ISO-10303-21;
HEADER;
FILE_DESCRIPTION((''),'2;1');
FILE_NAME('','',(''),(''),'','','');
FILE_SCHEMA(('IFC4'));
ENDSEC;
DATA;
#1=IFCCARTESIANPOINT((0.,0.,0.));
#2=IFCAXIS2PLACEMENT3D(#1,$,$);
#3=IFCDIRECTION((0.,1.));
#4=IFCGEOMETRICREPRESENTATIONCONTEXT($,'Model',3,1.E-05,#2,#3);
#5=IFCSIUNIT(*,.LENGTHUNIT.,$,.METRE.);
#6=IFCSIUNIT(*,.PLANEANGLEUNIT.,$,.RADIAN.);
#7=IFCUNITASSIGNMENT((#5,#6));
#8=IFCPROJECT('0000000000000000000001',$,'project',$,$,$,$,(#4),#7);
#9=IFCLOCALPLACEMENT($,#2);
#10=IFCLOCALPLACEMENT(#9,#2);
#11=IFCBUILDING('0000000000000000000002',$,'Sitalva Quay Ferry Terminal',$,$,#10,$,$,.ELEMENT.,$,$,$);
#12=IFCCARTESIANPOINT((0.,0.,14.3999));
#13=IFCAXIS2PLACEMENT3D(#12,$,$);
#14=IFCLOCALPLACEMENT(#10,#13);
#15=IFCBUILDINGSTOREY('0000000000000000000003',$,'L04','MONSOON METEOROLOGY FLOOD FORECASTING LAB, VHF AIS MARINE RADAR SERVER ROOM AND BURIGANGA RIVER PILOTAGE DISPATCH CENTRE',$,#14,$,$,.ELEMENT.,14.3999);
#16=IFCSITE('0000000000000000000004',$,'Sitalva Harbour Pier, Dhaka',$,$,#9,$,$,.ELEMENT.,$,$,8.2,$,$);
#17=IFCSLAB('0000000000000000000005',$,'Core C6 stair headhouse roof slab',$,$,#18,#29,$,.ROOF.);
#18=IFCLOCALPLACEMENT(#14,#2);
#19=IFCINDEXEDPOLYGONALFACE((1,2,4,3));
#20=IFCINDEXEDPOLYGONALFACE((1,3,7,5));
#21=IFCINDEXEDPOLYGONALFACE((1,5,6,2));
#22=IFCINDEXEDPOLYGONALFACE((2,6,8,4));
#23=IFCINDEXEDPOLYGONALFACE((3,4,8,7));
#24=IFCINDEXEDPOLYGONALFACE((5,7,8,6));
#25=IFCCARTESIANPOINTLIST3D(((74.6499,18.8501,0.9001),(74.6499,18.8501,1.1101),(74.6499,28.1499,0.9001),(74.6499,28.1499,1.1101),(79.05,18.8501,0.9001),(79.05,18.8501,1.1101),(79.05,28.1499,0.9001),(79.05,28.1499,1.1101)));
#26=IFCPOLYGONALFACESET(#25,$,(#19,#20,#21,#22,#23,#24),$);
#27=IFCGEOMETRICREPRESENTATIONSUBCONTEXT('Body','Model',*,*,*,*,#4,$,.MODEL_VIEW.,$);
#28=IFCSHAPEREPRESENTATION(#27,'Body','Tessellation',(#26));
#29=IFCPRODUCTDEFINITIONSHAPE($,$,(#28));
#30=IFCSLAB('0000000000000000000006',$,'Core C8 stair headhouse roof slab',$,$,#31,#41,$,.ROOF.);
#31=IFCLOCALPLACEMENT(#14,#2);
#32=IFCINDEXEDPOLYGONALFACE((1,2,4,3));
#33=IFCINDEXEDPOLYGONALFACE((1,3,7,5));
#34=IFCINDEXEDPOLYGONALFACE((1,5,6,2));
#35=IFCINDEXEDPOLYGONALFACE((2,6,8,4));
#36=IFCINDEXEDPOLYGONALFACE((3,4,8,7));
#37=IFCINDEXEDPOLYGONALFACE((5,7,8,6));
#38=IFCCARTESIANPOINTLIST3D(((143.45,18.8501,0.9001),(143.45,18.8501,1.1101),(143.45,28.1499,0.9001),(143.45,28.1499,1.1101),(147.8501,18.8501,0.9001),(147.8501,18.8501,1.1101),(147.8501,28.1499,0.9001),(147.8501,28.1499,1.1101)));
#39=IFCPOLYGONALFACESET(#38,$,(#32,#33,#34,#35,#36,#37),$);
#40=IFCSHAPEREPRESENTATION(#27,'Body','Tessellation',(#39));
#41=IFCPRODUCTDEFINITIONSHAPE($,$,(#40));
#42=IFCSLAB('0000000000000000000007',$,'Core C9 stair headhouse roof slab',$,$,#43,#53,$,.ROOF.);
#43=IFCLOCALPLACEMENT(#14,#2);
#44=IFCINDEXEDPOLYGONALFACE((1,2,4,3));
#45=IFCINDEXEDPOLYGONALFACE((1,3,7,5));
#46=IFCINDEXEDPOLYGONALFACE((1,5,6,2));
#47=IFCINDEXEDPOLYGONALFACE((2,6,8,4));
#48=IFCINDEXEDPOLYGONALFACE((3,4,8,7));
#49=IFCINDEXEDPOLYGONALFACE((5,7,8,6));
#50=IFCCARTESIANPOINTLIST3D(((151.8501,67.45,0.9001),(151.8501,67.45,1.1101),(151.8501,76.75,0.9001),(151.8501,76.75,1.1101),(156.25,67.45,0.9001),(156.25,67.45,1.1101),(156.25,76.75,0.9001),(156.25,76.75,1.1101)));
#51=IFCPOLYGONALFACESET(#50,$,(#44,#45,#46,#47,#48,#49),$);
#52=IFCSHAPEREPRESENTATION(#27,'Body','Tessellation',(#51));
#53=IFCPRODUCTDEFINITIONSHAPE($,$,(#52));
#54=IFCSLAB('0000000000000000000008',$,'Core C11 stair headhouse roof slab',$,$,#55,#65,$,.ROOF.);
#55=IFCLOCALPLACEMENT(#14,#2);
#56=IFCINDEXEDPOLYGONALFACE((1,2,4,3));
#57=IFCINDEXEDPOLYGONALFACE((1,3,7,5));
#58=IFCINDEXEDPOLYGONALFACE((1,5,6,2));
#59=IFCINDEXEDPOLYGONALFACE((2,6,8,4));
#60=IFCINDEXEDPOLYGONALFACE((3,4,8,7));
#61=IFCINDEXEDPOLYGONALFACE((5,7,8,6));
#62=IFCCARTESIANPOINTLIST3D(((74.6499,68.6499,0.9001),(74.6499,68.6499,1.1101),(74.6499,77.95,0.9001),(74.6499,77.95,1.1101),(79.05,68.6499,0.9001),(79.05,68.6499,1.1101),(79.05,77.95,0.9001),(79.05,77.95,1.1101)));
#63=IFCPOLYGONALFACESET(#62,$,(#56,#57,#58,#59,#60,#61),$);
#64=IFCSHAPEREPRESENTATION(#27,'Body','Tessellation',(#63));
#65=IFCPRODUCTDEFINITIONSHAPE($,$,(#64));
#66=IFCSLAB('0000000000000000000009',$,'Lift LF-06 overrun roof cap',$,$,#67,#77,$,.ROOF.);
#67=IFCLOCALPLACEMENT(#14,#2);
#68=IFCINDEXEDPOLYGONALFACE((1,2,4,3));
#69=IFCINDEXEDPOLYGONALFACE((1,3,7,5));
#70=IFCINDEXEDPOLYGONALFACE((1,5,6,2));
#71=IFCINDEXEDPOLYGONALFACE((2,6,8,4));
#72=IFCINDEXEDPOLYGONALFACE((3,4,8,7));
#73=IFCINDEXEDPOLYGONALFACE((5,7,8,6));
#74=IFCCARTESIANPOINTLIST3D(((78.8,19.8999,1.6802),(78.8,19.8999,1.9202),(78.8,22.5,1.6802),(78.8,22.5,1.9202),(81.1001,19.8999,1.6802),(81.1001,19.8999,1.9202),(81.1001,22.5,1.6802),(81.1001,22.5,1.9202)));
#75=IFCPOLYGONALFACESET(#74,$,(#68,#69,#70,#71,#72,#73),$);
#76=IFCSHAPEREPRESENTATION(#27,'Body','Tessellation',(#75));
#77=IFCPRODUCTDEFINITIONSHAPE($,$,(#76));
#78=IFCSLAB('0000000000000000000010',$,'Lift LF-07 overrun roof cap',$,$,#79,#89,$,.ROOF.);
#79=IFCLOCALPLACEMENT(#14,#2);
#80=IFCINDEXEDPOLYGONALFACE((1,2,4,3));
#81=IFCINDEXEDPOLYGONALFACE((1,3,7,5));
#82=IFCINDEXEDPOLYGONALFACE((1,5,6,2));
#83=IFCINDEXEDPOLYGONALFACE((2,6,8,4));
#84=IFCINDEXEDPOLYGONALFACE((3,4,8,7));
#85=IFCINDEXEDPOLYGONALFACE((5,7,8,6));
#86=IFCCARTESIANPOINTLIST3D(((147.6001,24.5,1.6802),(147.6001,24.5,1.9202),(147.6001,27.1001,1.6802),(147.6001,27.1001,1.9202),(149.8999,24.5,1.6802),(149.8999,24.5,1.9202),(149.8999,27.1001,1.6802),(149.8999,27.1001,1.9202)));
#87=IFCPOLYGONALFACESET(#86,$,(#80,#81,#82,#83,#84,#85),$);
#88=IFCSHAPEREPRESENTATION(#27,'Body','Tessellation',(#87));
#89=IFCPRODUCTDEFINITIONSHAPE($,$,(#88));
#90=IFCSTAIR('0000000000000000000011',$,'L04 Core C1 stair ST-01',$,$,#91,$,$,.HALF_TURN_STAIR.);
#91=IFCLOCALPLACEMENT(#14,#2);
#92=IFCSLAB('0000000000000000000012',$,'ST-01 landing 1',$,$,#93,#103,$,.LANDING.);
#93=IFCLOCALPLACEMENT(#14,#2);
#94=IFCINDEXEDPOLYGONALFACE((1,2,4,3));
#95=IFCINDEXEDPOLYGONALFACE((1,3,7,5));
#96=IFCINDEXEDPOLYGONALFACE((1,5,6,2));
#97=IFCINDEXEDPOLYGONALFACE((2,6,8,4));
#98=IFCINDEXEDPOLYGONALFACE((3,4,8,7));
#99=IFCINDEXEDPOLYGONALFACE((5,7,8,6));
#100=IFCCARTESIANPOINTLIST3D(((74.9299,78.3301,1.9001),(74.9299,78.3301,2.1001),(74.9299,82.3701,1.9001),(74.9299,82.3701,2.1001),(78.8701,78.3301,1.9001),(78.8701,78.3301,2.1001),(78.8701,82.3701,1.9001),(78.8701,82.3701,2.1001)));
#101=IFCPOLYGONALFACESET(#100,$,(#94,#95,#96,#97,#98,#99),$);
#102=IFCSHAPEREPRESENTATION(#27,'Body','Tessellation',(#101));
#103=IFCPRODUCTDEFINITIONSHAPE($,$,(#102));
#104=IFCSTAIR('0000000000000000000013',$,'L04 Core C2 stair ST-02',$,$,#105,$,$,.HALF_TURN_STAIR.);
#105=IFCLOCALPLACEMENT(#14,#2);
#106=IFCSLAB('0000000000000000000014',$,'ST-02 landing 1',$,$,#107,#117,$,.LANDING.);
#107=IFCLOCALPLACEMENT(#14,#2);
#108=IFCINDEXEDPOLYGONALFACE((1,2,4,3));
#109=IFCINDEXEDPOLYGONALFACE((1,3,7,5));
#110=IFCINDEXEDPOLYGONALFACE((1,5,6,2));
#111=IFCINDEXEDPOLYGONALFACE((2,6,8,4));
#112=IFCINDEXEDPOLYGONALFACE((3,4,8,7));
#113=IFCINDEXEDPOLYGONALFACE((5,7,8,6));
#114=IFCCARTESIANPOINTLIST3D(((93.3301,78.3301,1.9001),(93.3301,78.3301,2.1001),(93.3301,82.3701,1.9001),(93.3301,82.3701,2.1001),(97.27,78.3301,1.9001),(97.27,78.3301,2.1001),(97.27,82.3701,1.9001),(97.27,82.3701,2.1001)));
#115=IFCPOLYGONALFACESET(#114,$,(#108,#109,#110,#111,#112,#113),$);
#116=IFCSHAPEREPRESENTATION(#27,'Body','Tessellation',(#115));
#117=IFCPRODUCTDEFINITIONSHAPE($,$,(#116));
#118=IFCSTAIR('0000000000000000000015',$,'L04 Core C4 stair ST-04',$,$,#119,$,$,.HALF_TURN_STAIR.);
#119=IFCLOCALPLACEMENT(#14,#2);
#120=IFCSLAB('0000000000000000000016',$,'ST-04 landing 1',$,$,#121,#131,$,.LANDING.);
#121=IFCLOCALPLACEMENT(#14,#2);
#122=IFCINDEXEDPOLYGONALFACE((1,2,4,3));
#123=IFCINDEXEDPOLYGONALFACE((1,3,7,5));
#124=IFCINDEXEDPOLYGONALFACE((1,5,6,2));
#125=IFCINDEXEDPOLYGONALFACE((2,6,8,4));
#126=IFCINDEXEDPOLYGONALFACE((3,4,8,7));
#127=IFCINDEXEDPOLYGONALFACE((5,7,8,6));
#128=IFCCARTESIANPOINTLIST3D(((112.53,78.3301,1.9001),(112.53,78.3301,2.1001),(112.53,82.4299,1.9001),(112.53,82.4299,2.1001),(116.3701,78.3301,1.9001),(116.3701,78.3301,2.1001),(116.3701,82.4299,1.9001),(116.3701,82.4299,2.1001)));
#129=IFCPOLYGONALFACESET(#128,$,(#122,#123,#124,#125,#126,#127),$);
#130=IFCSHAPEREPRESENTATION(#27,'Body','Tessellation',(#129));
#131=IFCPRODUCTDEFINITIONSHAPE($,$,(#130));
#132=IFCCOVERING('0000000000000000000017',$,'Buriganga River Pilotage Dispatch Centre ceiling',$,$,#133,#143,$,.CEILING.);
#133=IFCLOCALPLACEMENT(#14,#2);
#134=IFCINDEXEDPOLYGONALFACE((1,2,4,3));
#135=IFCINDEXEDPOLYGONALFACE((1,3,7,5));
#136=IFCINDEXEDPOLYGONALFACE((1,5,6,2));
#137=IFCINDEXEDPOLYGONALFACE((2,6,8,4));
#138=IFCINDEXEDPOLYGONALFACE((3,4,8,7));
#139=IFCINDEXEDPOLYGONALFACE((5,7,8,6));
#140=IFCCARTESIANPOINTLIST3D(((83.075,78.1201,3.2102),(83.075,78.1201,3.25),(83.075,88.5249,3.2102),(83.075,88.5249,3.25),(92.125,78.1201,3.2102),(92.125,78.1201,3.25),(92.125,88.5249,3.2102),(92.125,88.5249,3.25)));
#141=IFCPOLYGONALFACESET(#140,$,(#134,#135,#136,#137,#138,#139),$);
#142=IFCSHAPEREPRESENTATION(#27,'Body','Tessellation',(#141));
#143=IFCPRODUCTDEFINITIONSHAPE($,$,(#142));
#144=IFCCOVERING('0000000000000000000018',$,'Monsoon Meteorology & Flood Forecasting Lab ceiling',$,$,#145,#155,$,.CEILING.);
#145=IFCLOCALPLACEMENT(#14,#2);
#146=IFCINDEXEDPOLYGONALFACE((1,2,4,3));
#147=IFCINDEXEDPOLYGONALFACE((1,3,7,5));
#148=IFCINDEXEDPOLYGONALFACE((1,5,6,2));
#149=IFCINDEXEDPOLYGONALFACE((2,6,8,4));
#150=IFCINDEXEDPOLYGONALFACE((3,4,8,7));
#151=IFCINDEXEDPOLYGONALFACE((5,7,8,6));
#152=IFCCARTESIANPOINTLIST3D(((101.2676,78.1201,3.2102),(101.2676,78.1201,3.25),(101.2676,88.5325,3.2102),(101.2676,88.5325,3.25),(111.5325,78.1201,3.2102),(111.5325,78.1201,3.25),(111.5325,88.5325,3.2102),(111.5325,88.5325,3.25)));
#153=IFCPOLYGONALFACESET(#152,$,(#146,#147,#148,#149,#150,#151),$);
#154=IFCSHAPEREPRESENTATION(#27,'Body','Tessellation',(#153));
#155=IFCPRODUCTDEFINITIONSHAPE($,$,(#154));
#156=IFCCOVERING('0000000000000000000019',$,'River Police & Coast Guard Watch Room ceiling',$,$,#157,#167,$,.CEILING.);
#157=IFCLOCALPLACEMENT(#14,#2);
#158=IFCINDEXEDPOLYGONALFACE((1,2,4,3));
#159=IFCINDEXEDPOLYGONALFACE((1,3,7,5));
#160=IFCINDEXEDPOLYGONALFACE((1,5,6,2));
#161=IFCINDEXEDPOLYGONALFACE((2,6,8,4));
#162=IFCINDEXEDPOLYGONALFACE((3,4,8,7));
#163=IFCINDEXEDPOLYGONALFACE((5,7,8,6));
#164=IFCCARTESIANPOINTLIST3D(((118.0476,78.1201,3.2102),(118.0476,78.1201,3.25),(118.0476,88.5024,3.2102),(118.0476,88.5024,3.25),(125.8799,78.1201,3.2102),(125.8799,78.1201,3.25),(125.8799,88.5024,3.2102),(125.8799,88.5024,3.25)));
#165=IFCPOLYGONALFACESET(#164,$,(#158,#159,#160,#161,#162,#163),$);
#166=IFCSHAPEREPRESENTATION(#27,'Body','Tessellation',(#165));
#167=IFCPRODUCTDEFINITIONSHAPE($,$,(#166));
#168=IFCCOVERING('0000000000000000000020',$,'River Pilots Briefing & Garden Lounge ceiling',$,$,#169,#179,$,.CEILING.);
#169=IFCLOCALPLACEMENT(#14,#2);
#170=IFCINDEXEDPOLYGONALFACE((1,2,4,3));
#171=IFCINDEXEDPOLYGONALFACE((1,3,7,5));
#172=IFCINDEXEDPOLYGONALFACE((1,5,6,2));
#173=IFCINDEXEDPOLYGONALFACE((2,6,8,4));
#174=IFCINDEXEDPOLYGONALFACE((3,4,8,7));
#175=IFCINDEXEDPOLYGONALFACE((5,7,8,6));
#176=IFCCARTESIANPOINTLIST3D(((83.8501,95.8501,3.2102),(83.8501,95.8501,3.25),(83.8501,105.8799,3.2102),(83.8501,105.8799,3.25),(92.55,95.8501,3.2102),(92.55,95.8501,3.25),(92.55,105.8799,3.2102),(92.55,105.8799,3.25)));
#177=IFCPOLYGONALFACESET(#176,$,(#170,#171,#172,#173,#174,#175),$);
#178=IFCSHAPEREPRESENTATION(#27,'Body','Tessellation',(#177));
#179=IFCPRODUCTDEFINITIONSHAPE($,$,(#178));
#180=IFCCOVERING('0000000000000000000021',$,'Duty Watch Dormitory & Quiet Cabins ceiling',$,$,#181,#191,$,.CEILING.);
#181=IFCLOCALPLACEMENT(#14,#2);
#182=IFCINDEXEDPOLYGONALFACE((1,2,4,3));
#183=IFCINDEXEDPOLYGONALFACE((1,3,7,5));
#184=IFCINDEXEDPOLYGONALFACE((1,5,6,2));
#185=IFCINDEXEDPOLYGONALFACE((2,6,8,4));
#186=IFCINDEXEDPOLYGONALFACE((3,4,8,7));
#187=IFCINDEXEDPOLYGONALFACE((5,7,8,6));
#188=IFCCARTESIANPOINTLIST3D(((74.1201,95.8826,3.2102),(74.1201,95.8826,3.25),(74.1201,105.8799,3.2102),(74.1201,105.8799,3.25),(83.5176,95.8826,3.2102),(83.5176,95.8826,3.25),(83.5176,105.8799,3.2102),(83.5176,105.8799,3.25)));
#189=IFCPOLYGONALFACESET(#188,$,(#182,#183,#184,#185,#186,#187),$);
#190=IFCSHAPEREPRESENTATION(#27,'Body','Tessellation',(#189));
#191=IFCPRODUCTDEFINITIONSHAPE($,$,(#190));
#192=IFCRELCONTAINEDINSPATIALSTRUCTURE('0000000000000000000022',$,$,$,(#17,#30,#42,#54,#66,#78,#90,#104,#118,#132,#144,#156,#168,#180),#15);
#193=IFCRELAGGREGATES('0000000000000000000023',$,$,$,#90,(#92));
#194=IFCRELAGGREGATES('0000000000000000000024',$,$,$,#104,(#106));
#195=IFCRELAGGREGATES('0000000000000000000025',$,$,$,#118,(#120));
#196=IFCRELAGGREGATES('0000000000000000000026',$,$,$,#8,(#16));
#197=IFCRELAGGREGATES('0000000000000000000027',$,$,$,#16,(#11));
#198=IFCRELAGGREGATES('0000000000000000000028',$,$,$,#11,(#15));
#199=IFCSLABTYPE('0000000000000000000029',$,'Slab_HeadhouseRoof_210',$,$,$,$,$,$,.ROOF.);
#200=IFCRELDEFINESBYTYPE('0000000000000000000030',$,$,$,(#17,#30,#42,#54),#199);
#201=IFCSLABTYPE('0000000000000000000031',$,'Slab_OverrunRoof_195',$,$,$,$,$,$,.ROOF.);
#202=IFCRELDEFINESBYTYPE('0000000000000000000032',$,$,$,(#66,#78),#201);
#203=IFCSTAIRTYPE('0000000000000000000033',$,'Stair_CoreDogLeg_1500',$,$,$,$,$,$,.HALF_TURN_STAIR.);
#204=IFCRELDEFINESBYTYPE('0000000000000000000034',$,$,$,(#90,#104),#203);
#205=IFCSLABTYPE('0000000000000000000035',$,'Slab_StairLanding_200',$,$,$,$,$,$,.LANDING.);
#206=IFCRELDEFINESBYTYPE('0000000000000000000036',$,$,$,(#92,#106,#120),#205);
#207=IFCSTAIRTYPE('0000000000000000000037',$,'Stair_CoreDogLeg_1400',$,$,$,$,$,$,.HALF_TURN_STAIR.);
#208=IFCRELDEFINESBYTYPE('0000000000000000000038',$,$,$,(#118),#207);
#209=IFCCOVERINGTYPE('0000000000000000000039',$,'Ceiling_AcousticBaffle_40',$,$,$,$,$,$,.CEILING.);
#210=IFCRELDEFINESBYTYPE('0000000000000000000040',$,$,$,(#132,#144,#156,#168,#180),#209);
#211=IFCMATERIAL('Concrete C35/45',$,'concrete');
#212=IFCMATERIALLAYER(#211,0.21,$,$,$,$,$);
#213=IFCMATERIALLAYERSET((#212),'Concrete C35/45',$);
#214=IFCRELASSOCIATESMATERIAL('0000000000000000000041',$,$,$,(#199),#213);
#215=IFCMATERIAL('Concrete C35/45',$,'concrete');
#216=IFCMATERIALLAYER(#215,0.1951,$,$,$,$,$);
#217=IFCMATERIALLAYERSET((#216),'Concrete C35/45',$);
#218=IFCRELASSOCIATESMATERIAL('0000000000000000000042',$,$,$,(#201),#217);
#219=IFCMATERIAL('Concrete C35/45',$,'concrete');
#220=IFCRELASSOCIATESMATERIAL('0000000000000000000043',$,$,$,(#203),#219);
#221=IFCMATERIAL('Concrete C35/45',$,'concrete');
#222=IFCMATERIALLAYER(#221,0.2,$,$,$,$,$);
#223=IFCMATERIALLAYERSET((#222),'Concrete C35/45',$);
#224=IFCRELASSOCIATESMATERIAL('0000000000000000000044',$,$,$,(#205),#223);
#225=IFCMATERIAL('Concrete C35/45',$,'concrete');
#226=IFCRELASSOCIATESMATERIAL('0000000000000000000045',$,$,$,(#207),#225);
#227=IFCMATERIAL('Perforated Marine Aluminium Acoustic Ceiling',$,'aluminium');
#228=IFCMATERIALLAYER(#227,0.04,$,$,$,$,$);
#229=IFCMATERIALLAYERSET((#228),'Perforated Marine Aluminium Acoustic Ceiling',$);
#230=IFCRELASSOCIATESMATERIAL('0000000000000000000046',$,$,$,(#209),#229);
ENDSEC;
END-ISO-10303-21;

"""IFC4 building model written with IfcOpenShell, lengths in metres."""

from ifc_helpers import new_model, si_unit, direction, frame, origin, place, context, subcontext, project, spatial, polyline, outline, extrude, material, layer, layer_set, type_object, element, aggregate, save


model = new_model("IFC4")

# Units and contexts
model_context = context("Model", 3, precision=1e-05, world=origin(), true_north=direction((0.0, 1.0)))
body_context = subcontext(model_context, "Body", "Model", "MODEL_VIEW")
ifc_project = project(units=[si_unit("LENGTHUNIT", "METRE"), si_unit("PLANEANGLEUNIT", "RADIAN")], contexts=[model_context])

# Site, building, storey
site_placement = place(None, origin())
site = spatial("IfcSite", under=ifc_project, at=site_placement, Name="Sitalva Harbour Pier, Dhaka", CompositionType="ELEMENT", RefElevation=8.2)
building_placement = place(site_placement, origin())
building = spatial("IfcBuilding", under=site, at=building_placement, Name="Sitalva Quay Ferry Terminal", CompositionType="ELEMENT")
storey_placement = place(building_placement, frame((0.0, 0.0, 14.3999)))
storey = spatial("IfcBuildingStorey", under=building, at=storey_placement, Name="L04", Description="MONSOON METEOROLOGY FLOOD FORECASTING LAB, VHF AIS MARINE RADAR SERVER ROOM AND BURIGANGA RIVER PILOTAGE DISPATCH CENTRE", CompositionType="ELEMENT", Elevation=14.3999)

# Slabs
ifc_material_1 = material(Name="Concrete C35/45", Category="concrete")
ifc_layer_1 = layer(ifc_material_1, 0.21)
ifc_layer_set_1 = layer_set([ifc_layer_1], Name="Concrete C35/45")
slab_type_1 = type_object("IfcSlabType", Name="Slab_HeadhouseRoof_210", PredefinedType="ROOF", material=ifc_layer_set_1)
slab_1_placement = place(storey_placement, frame((0.0, 0.0, 0.9001)))
element("IfcSlab", 1, at=slab_1_placement, inside=storey, type_object=slab_type_1, Name="Core C6 stair headhouse roof slab", PredefinedType="ROOF", context=body_context, shape_type="SweptSolid", body=[
    extrude(outline(polyline([(74.6499, 18.8501), (79.05, 18.8501), (79.05, 28.1499), (74.6499, 28.1499), (74.6499, 18.8501)])), origin(), (0.0, 0.0, 1.0), 0.21),
])
slab_2_placement = place(storey_placement, frame((0.0, 0.0, 0.9001)))
element("IfcSlab", 2, at=slab_2_placement, inside=storey, type_object=slab_type_1, Name="Core C8 stair headhouse roof slab", PredefinedType="ROOF", context=body_context, shape_type="SweptSolid", body=[
    extrude(outline(polyline([(143.45, 18.8501), (147.8501, 18.8501), (147.8501, 28.1499), (143.45, 28.1499), (143.45, 18.8501)])), origin(), (0.0, 0.0, 1.0), 0.21),
])
slab_3_placement = place(storey_placement, frame((0.0, 0.0, 0.9001)))
element("IfcSlab", 3, at=slab_3_placement, inside=storey, type_object=slab_type_1, Name="Core C9 stair headhouse roof slab", PredefinedType="ROOF", context=body_context, shape_type="SweptSolid", body=[
    extrude(outline(polyline([(151.8501, 67.45), (156.25, 67.45), (156.25, 76.75), (151.8501, 76.75), (151.8501, 67.45)])), origin(), (0.0, 0.0, 1.0), 0.21),
])
slab_4_placement = place(storey_placement, frame((0.0, 0.0, 0.9001)))
element("IfcSlab", 4, at=slab_4_placement, inside=storey, type_object=slab_type_1, Name="Core C11 stair headhouse roof slab", PredefinedType="ROOF", context=body_context, shape_type="SweptSolid", body=[
    extrude(outline(polyline([(74.6499, 68.6499), (79.05, 68.6499), (79.05, 77.95), (74.6499, 77.95), (74.6499, 68.6499)])), origin(), (0.0, 0.0, 1.0), 0.21),
])
ifc_material_2 = material(Name="Concrete C35/45", Category="concrete")
ifc_layer_2 = layer(ifc_material_2, 0.1951)
ifc_layer_set_2 = layer_set([ifc_layer_2], Name="Concrete C35/45")
slab_type_2 = type_object("IfcSlabType", Name="Slab_OverrunRoof_195", PredefinedType="ROOF", material=ifc_layer_set_2)
slab_5_placement = place(storey_placement, frame((0.0, 0.0, 1.6802)))
element("IfcSlab", 5, at=slab_5_placement, inside=storey, type_object=slab_type_2, Name="Lift LF-06 overrun roof cap", PredefinedType="ROOF", context=body_context, shape_type="SweptSolid", body=[
    extrude(outline(polyline([(78.8, 19.8999), (81.1001, 19.8999), (81.1001, 22.5), (78.8, 22.5), (78.8, 19.8999)])), origin(), (0.0, 0.0, 1.0), 0.24),
])
slab_6_placement = place(storey_placement, frame((0.0, 0.0, 1.6802)))
element("IfcSlab", 6, at=slab_6_placement, inside=storey, type_object=slab_type_2, Name="Lift LF-07 overrun roof cap", PredefinedType="ROOF", context=body_context, shape_type="SweptSolid", body=[
    extrude(outline(polyline([(147.6001, 24.5), (149.8999, 24.5), (149.8999, 27.1001), (147.6001, 27.1001), (147.6001, 24.5)])), origin(), (0.0, 0.0, 1.0), 0.24),
])

# Stairs, slabs
ifc_material_3 = material(Name="Concrete C35/45", Category="concrete")
stair_type_1 = type_object("IfcStairType", Name="Stair_CoreDogLeg_1500", PredefinedType="HALF_TURN_STAIR", material=ifc_material_3)
stair_1_placement = place(storey_placement, origin())
stair_1 = element("IfcStair", 7, at=stair_1_placement, inside=storey, type_object=stair_type_1, Name="L04 Core C1 stair ST-01", PredefinedType="HALF_TURN_STAIR")
ifc_material_4 = material(Name="Concrete C35/45", Category="concrete")
ifc_layer_3 = layer(ifc_material_4, 0.2)
ifc_layer_set_3 = layer_set([ifc_layer_3], Name="Concrete C35/45")
slab_type_3 = type_object("IfcSlabType", Name="Slab_StairLanding_200", PredefinedType="LANDING", material=ifc_layer_set_3)
slab_7_placement = place(storey_placement, frame((0.0, 0.0, 1.9001)))
slab_7 = element("IfcSlab", 8, at=slab_7_placement, type_object=slab_type_3, Name="ST-01 landing 1", PredefinedType="LANDING", context=body_context, shape_type="SweptSolid", body=[
    extrude(outline(polyline([(74.9299, 82.3701), (74.9299, 78.3301), (78.8701, 78.3301), (78.8701, 82.3701), (74.9299, 82.3701)])), origin(), (0.0, 0.0, 1.0), 0.2),
])
aggregate(stair_1, [slab_7])
stair_2_placement = place(storey_placement, origin())
stair_2 = element("IfcStair", 9, at=stair_2_placement, inside=storey, type_object=stair_type_1, Name="L04 Core C2 stair ST-02", PredefinedType="HALF_TURN_STAIR")
slab_8_placement = place(storey_placement, frame((0.0, 0.0, 1.9001)))
slab_8 = element("IfcSlab", 10, at=slab_8_placement, type_object=slab_type_3, Name="ST-02 landing 1", PredefinedType="LANDING", context=body_context, shape_type="SweptSolid", body=[
    extrude(outline(polyline([(93.3301, 82.3701), (93.3301, 78.3301), (97.27, 78.3301), (97.27, 82.3701), (93.3301, 82.3701)])), origin(), (0.0, 0.0, 1.0), 0.2),
])
aggregate(stair_2, [slab_8])
ifc_material_5 = material(Name="Concrete C35/45", Category="concrete")
stair_type_2 = type_object("IfcStairType", Name="Stair_CoreDogLeg_1400", PredefinedType="HALF_TURN_STAIR", material=ifc_material_5)
stair_3_placement = place(storey_placement, origin())
stair_3 = element("IfcStair", 11, at=stair_3_placement, inside=storey, type_object=stair_type_2, Name="L04 Core C4 stair ST-04", PredefinedType="HALF_TURN_STAIR")
slab_9_placement = place(storey_placement, frame((0.0, 0.0, 1.9001)))
slab_9 = element("IfcSlab", 12, at=slab_9_placement, type_object=slab_type_3, Name="ST-04 landing 1", PredefinedType="LANDING", context=body_context, shape_type="SweptSolid", body=[
    extrude(outline(polyline([(112.53, 82.4299), (112.53, 78.3301), (116.3701, 78.3301), (116.3701, 82.4299), (112.53, 82.4299)])), origin(), (0.0, 0.0, 1.0), 0.2),
])
aggregate(stair_3, [slab_9])

# Coverings
ifc_material_6 = material(Name="Perforated Marine Aluminium Acoustic Ceiling", Category="aluminium")
ifc_layer_4 = layer(ifc_material_6, 0.04)
ifc_layer_set_4 = layer_set([ifc_layer_4], Name="Perforated Marine Aluminium Acoustic Ceiling")
covering_type_1 = type_object("IfcCoveringType", Name="Ceiling_AcousticBaffle_40", PredefinedType="CEILING", material=ifc_layer_set_4)
covering_1_placement = place(storey_placement, frame((0.0, 0.0, 3.2102)))
element("IfcCovering", 13, at=covering_1_placement, inside=storey, type_object=covering_type_1, Name="Buriganga River Pilotage Dispatch Centre ceiling", PredefinedType="CEILING", context=body_context, shape_type="SweptSolid", body=[
    extrude(outline(polyline([(83.075, 78.1201), (92.125, 78.1201), (92.125, 88.5249), (83.075, 88.5249), (83.075, 78.1201)])), origin(), (0.0, 0.0, 1.0), 0.0398),
])
covering_2_placement = place(storey_placement, frame((0.0, 0.0, 3.2102)))
element("IfcCovering", 14, at=covering_2_placement, inside=storey, type_object=covering_type_1, Name="Monsoon Meteorology & Flood Forecasting Lab ceiling", PredefinedType="CEILING", context=body_context, shape_type="SweptSolid", body=[
    extrude(outline(polyline([(101.2676, 78.1201), (111.5325, 78.1201), (111.5325, 88.5325), (101.2676, 88.5325), (101.2676, 78.1201)])), origin(), (0.0, 0.0, 1.0), 0.0398),
])
covering_3_placement = place(storey_placement, frame((0.0, 0.0, 3.2102)))
element("IfcCovering", 15, at=covering_3_placement, inside=storey, type_object=covering_type_1, Name="River Police & Coast Guard Watch Room ceiling", PredefinedType="CEILING", context=body_context, shape_type="SweptSolid", body=[
    extrude(outline(polyline([(118.0476, 78.1201), (125.8799, 78.1201), (125.8799, 88.5024), (118.0476, 88.5024), (118.0476, 78.1201)])), origin(), (0.0, 0.0, 1.0), 0.0398),
])
covering_4_placement = place(storey_placement, frame((0.0, 0.0, 3.2102)))
element("IfcCovering", 16, at=covering_4_placement, inside=storey, type_object=covering_type_1, Name="River Pilots Briefing & Garden Lounge ceiling", PredefinedType="CEILING", context=body_context, shape_type="SweptSolid", body=[
    extrude(outline(polyline([(83.8501, 95.8501), (92.55, 95.8501), (92.55, 105.8799), (83.8501, 105.8799), (83.8501, 95.8501)])), origin(), (0.0, 0.0, 1.0), 0.0398),
])
covering_5_placement = place(storey_placement, frame((0.0, 0.0, 3.2102)))
element("IfcCovering", 17, at=covering_5_placement, inside=storey, type_object=covering_type_1, Name="Duty Watch Dormitory & Quiet Cabins ceiling", PredefinedType="CEILING", context=body_context, shape_type="SweptSolid", body=[
    extrude(outline(polyline([(74.1201, 95.8826), (83.5176, 95.8826), (83.5176, 105.8799), (74.1201, 105.8799), (74.1201, 95.8826)])), origin(), (0.0, 0.0, 1.0), 0.0398),
])

save(model, "model.ifc")
